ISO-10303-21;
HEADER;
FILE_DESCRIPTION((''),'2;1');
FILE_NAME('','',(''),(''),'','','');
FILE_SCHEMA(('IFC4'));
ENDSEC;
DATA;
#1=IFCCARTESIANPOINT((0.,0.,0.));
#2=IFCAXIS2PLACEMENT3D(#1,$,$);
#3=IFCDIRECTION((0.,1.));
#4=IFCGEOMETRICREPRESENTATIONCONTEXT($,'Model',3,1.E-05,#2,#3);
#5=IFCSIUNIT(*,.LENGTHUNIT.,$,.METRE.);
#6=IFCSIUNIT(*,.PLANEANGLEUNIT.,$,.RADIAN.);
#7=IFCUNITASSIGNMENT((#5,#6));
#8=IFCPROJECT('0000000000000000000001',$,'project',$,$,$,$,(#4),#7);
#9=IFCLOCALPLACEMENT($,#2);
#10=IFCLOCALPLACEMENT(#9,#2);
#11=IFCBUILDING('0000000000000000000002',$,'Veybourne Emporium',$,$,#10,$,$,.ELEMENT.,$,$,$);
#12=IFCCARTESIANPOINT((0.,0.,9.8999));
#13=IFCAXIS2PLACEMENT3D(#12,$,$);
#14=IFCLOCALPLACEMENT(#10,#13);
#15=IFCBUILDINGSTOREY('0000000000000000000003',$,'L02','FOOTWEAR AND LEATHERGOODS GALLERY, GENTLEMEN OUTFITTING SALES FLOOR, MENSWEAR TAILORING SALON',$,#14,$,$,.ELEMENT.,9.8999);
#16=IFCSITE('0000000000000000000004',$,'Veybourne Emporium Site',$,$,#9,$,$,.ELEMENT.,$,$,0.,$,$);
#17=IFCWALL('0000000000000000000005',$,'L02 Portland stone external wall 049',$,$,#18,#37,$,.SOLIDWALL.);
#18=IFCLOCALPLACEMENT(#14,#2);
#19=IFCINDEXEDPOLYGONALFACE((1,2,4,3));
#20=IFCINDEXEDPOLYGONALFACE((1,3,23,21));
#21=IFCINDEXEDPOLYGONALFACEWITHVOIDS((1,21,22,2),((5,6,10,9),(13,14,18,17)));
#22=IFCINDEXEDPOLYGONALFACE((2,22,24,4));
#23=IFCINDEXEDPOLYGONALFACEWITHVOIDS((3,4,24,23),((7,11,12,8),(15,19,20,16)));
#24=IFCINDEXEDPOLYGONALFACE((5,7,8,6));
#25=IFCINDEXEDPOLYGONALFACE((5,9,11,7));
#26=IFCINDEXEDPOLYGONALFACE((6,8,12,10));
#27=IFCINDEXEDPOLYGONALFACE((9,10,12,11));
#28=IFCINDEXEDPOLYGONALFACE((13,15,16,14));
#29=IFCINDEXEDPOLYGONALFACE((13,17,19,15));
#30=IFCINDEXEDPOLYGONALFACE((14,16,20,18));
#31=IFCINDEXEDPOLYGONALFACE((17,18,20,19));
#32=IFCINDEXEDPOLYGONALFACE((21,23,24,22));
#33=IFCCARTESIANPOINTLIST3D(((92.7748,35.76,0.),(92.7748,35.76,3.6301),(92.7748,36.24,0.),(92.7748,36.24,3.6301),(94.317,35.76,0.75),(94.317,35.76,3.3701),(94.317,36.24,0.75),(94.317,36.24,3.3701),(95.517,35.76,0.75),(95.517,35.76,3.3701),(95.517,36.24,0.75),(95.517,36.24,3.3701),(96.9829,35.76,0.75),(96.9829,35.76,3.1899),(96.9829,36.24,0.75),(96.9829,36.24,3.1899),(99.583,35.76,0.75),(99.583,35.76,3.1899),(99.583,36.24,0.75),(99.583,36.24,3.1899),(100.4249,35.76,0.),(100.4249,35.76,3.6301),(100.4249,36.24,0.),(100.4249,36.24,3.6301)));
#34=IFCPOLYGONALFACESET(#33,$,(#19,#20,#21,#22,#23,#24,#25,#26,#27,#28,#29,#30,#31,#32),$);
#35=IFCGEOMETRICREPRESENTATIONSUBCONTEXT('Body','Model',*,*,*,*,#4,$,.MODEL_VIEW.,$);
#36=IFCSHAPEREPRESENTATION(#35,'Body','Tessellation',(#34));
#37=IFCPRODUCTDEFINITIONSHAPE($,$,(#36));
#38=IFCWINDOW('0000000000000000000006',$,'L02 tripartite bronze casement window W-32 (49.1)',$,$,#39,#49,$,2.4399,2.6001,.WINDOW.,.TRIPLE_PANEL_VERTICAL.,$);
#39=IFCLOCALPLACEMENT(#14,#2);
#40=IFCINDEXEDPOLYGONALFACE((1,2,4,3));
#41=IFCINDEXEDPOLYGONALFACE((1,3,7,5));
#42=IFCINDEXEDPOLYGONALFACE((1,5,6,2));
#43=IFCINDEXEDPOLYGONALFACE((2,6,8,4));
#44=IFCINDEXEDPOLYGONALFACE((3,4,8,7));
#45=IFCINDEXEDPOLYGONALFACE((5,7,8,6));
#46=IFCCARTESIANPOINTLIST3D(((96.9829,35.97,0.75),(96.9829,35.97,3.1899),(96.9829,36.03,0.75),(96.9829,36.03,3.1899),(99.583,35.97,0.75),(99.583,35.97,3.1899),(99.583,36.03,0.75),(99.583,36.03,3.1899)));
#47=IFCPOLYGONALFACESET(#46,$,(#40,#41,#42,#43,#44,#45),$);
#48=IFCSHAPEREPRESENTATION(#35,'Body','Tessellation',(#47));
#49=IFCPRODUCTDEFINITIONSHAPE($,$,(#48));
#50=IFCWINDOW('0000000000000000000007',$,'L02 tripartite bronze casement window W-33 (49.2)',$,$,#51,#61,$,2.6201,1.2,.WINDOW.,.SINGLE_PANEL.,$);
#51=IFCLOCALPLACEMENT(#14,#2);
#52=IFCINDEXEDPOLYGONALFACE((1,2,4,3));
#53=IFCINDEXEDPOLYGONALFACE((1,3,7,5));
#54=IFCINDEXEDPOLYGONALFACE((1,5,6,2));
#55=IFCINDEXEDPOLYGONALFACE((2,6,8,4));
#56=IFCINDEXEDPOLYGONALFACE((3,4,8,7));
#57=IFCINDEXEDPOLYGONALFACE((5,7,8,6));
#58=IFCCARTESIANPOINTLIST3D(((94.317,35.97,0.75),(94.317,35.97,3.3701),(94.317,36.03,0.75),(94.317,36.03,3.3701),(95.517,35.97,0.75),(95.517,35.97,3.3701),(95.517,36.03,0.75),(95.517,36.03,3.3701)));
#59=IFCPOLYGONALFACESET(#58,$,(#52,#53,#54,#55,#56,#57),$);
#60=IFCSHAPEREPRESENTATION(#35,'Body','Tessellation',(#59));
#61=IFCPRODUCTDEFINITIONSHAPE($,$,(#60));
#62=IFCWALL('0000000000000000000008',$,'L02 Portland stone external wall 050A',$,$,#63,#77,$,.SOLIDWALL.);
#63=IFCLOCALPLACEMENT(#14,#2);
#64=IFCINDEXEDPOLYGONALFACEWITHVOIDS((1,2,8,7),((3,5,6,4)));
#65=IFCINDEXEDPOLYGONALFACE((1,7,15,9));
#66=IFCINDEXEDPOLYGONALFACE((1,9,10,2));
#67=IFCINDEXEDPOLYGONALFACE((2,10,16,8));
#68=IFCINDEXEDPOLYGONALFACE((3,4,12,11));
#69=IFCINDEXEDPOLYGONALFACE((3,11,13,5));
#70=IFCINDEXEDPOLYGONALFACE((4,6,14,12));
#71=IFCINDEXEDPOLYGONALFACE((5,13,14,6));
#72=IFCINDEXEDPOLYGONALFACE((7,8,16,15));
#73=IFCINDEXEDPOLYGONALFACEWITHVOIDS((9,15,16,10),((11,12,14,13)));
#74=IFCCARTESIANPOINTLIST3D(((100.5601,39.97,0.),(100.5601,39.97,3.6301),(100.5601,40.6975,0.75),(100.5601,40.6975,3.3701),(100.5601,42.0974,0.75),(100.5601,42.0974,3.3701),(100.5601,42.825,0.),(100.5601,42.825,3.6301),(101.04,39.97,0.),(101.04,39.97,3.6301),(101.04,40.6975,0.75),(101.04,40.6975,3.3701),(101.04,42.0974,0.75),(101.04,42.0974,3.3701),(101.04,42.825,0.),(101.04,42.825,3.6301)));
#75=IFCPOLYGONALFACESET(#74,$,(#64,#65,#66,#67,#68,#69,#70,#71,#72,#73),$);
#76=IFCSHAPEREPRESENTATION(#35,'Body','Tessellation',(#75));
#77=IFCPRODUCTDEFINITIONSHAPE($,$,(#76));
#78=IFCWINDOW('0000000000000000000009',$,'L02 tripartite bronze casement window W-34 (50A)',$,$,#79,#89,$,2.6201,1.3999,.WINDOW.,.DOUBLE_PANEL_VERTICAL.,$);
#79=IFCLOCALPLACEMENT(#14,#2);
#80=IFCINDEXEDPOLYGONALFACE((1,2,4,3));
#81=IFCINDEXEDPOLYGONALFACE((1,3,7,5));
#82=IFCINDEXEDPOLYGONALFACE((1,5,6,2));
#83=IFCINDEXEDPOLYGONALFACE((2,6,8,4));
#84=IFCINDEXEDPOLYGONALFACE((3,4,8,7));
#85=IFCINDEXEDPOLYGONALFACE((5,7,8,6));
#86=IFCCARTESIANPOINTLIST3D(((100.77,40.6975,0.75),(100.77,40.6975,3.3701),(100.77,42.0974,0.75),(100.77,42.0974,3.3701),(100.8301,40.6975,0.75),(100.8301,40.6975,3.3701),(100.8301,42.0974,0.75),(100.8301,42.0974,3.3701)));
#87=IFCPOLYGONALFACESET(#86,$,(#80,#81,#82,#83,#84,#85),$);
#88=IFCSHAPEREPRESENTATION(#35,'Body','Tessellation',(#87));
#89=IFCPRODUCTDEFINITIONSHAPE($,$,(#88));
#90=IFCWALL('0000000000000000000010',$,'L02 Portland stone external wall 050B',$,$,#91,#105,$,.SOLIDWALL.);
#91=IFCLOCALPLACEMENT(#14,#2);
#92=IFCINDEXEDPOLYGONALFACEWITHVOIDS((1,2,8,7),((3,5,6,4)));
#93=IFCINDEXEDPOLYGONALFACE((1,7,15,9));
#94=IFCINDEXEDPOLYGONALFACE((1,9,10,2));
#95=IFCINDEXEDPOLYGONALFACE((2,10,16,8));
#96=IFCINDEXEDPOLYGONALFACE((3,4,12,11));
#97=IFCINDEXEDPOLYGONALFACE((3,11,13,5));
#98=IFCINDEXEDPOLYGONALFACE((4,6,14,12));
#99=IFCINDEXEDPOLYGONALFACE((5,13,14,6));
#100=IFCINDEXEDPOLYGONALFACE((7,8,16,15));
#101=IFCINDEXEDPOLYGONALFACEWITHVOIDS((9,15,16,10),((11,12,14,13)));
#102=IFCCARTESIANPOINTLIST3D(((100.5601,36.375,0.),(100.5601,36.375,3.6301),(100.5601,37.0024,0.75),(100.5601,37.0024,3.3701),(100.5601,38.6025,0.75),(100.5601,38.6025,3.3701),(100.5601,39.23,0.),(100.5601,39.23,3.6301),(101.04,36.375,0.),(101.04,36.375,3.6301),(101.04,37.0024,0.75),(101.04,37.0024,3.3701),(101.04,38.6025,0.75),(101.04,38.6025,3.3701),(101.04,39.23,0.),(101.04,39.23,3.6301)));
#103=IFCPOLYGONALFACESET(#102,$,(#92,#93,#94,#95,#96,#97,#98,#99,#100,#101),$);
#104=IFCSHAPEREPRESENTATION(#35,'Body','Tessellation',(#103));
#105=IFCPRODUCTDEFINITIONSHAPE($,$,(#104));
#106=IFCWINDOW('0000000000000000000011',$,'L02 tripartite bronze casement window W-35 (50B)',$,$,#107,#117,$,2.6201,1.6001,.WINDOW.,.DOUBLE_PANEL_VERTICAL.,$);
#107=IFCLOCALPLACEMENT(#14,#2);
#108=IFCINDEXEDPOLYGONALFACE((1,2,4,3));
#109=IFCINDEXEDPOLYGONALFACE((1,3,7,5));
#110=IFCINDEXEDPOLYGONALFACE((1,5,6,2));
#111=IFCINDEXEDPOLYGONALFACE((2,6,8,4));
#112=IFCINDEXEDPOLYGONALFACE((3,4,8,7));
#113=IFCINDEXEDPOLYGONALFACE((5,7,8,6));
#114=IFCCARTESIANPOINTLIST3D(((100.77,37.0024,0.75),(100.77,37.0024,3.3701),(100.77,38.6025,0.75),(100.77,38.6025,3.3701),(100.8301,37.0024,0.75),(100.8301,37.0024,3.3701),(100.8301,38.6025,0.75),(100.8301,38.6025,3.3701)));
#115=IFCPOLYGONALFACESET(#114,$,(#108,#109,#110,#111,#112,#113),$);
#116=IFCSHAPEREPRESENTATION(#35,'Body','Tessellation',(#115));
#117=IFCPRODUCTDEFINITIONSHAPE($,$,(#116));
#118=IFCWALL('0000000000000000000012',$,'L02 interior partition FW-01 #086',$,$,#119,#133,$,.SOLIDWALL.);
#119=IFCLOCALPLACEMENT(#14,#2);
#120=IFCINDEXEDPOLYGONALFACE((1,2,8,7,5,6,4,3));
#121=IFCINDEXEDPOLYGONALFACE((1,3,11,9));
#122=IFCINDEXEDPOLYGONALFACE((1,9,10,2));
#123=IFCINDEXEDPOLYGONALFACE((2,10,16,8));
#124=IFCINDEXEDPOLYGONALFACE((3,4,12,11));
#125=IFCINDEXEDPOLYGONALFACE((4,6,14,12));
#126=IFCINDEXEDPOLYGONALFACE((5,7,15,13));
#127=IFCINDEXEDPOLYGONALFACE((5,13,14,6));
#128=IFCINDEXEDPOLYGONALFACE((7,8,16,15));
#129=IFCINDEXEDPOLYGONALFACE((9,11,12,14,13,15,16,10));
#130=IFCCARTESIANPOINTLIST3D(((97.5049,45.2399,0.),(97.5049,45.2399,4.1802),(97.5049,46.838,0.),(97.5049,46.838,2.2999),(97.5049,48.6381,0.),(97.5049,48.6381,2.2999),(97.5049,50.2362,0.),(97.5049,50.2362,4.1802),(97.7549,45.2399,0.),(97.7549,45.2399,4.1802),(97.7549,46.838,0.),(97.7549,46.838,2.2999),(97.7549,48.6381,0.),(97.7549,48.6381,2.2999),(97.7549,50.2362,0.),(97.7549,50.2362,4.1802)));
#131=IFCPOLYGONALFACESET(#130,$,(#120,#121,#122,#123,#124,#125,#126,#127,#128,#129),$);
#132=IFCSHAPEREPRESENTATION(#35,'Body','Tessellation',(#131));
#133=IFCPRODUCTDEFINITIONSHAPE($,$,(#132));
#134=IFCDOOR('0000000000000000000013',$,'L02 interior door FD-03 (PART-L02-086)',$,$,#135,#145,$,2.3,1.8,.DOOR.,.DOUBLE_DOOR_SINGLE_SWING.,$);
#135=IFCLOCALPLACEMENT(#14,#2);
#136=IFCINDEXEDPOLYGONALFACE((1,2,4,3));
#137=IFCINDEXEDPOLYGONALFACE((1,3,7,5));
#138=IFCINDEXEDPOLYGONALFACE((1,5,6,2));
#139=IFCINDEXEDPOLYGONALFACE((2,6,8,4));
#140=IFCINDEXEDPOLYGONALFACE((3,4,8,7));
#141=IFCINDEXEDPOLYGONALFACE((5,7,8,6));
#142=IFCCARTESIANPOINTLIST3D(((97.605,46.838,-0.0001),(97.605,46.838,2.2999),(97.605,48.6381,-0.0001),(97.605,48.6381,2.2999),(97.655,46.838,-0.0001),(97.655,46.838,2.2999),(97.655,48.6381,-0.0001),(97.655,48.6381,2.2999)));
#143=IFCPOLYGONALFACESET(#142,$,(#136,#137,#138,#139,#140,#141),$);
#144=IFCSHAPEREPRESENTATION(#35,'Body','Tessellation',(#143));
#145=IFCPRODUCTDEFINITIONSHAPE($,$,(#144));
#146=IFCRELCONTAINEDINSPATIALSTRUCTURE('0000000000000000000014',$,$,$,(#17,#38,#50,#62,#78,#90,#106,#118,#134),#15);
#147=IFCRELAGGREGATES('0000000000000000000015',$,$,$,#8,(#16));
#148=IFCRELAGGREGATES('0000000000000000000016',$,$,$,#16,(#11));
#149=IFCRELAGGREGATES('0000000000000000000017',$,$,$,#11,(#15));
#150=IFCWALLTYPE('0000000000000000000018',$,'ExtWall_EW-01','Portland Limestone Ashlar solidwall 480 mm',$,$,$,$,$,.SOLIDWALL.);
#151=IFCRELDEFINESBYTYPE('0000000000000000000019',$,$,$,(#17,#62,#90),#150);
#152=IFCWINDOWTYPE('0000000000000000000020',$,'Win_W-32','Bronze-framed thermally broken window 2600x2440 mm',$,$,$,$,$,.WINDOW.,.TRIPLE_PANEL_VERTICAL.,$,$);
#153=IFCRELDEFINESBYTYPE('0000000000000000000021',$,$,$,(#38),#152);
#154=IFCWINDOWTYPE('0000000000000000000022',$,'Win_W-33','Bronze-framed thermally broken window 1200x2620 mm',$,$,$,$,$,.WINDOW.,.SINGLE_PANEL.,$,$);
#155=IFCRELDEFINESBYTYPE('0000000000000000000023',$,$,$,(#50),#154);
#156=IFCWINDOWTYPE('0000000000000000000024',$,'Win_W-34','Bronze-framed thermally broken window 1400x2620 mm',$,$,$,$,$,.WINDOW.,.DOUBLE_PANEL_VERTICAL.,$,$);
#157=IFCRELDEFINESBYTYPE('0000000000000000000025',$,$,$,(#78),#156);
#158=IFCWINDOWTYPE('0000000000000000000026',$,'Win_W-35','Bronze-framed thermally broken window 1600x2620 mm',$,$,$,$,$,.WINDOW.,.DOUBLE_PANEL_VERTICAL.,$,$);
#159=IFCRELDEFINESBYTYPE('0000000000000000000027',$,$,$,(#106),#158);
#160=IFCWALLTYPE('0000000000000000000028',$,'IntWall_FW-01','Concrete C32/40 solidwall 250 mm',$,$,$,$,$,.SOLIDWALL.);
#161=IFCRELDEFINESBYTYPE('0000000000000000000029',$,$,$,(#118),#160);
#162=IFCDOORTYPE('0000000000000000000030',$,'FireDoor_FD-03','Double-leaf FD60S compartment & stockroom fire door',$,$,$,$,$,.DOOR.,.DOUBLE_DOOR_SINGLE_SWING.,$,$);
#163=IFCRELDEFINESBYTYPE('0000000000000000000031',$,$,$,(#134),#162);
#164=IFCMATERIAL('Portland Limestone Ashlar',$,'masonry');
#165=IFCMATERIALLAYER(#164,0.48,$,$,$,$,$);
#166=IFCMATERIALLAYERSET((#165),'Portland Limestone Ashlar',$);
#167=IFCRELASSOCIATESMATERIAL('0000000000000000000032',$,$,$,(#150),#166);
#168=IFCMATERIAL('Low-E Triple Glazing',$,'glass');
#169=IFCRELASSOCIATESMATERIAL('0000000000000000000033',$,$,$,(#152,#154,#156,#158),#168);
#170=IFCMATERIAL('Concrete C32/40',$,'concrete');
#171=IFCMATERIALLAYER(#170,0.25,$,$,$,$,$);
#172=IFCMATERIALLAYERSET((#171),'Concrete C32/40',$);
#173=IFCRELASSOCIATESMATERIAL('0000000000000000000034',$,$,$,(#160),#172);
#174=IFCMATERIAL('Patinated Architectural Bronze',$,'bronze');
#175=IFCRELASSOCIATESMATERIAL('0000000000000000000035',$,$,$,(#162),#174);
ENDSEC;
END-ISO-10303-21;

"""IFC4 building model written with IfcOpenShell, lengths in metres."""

from ifc_helpers import new_model, si_unit, direction, frame, frame_2d, origin, place, context, subcontext, project, spatial, rectangle, extrude, material, layer, layer_set, type_object, element, fill, save


model = new_model("IFC4")

# Units and contexts
model_context = context("Model", 3, precision=1e-05, world=origin(), true_north=direction((0.0, 1.0)))
body_context = subcontext(model_context, "Body", "Model", "MODEL_VIEW")
ifc_project = project(units=[si_unit("LENGTHUNIT", "METRE"), si_unit("PLANEANGLEUNIT", "RADIAN")], contexts=[model_context])

# Site, building, storey
site_placement = place(None, origin())
site = spatial("IfcSite", under=ifc_project, at=site_placement, Name="Veybourne Emporium Site", CompositionType="ELEMENT", RefElevation=0.0)
building_placement = place(site_placement, origin())
building = spatial("IfcBuilding", under=site, at=building_placement, Name="Veybourne Emporium", CompositionType="ELEMENT")
storey_placement = place(building_placement, frame((0.0, 0.0, 9.8999)))
storey = spatial("IfcBuildingStorey", under=building, at=storey_placement, Name="L02", Description="FOOTWEAR AND LEATHERGOODS GALLERY, GENTLEMEN OUTFITTING SALES FLOOR, MENSWEAR TAILORING SALON", CompositionType="ELEMENT", Elevation=9.8999)

# Shared definitions
ifc_material_1 = material(Name="Patinated Architectural Bronze", Category="bronze")

# Shared definitions
ifc_material_2 = material(Name="Concrete C32/40", Category="concrete")

# Shared definitions
ifc_material_3 = material(Name="Low-E Triple Glazing", Category="glass")

# Wall, openings, windows
ifc_material_4 = material(Name="Portland Limestone Ashlar", Category="masonry")
ifc_layer_1 = layer(ifc_material_4, 0.48)
ifc_layer_set_1 = layer_set([ifc_layer_1], Name="Portland Limestone Ashlar")
wall_type_1 = type_object("IfcWallType", Name="ExtWall_EW-01", Description="Portland Limestone Ashlar solidwall 480 mm", PredefinedType="SOLIDWALL", material=ifc_layer_set_1)
wall_1_placement = place(storey_placement, frame((100.425, 36.0, 0.0), z_axis=(0.0, 0.0, 1.0), x_axis=(-1.0, 0.0, 0.0)))
wall_1 = element("IfcWall", 1, at=wall_1_placement, inside=storey, type_object=wall_type_1, Name="L02 Portland stone external wall 049", PredefinedType="SOLIDWALL", context=body_context, shape_type="SweptSolid", body=[
    extrude(rectangle(XDim=7.6501, YDim=0.48, at=frame_2d((3.8252, 0.0))), origin(), (0.0, 0.0, 1.0), 3.6301),
])
opening_1_placement = place(wall_1_placement, frame((0.842, 0.0, 0.75)))
opening_1 = element("IfcOpeningElement", 2, at=opening_1_placement, cuts=wall_1, PredefinedType="OPENING", context=body_context, shape_type="SweptSolid", body=[
    extrude(rectangle(XDim=2.6001, YDim=2.4399, at=frame_2d((1.3, 1.22))), frame((0.0, 0.26, 0.0), z_axis=(0.0, -1.0, 0.0), x_axis=(1.0, 0.0, 0.0)), (0.0, 0.0, 1.0), 0.52),
])
opening_2_placement = place(wall_1_placement, frame((4.908, 0.0, 0.75)))
opening_2 = element("IfcOpeningElement", 3, at=opening_2_placement, cuts=wall_1, PredefinedType="OPENING", context=body_context, shape_type="SweptSolid", body=[
    extrude(rectangle(XDim=1.2, YDim=2.6201, at=frame_2d((0.6001, 1.3101))), frame((0.0, 0.26, 0.0), z_axis=(0.0, -1.0, 0.0), x_axis=(1.0, 0.0, 0.0)), (0.0, 0.0, 1.0), 0.52),
])
window_type_1 = type_object("IfcWindowType", Name="Win_W-32", Description="Bronze-framed thermally broken window 2600x2440 mm", PartitioningType="TRIPLE_PANEL_VERTICAL", PredefinedType="WINDOW", material=ifc_material_3)
window_1_placement = place(opening_1_placement, origin())
window_1 = element("IfcWindow", 4, at=window_1_placement, inside=storey, type_object=window_type_1, Name="L02 tripartite bronze casement window W-32 (49.1)", OverallHeight=2.4399, OverallWidth=2.6001, PartitioningType="TRIPLE_PANEL_VERTICAL", PredefinedType="WINDOW", context=body_context, shape_type="SweptSolid", body=[
    extrude(rectangle(XDim=2.6001, YDim=2.4399, at=frame_2d((1.3, 1.22))), frame((0.0, 0.03, 0.0), z_axis=(0.0, -1.0, 0.0), x_axis=(1.0, 0.0, 0.0)), (0.0, 0.0, 1.0), 0.0601),
])
fill(opening_1, window_1)
window_type_2 = type_object("IfcWindowType", Name="Win_W-33", Description="Bronze-framed thermally broken window 1200x2620 mm", PartitioningType="SINGLE_PANEL", PredefinedType="WINDOW", material=ifc_material_3)
window_2_placement = place(opening_2_placement, origin())
window_2 = element("IfcWindow", 5, at=window_2_placement, inside=storey, type_object=window_type_2, Name="L02 tripartite bronze casement window W-33 (49.2)", OverallHeight=2.6201, OverallWidth=1.2, PartitioningType="SINGLE_PANEL", PredefinedType="WINDOW", context=body_context, shape_type="SweptSolid", body=[
    extrude(rectangle(XDim=1.2, YDim=2.6201, at=frame_2d((0.6001, 1.3101))), frame((0.0, 0.03, 0.0), z_axis=(0.0, -1.0, 0.0), x_axis=(1.0, 0.0, 0.0)), (0.0, 0.0, 1.0), 0.0601),
])
fill(opening_2, window_2)

# Walls, openings, windows
wall_2_placement = place(storey_placement, frame((100.8, 42.825, 0.0), z_axis=(0.0, 0.0, 1.0), x_axis=(0.0, -1.0, 0.0)))
wall_2 = element("IfcWall", 6, at=wall_2_placement, inside=storey, type_object=wall_type_1, Name="L02 Portland stone external wall 050A", PredefinedType="SOLIDWALL", context=body_context, shape_type="SweptSolid", body=[
    extrude(rectangle(XDim=2.855, YDim=0.48, at=frame_2d((1.4275, 0.0))), origin(), (0.0, 0.0, 1.0), 3.6301),
])
opening_3_placement = place(wall_2_placement, frame((0.7275, 0.0, 0.75)))
opening_3 = element("IfcOpeningElement", 7, at=opening_3_placement, cuts=wall_2, PredefinedType="OPENING", context=body_context, shape_type="SweptSolid", body=[
    extrude(rectangle(XDim=1.3999, YDim=2.6201, at=frame_2d((0.7, 1.3101))), frame((0.0, 0.26, 0.0), z_axis=(0.0, -1.0, 0.0), x_axis=(1.0, 0.0, 0.0)), (0.0, 0.0, 1.0), 0.52),
])
window_type_3 = type_object("IfcWindowType", Name="Win_W-34", Description="Bronze-framed thermally broken window 1400x2620 mm", PartitioningType="DOUBLE_PANEL_VERTICAL", PredefinedType="WINDOW", material=ifc_material_3)
window_3_placement = place(opening_3_placement, origin())
window_3 = element("IfcWindow", 8, at=window_3_placement, inside=storey, type_object=window_type_3, Name="L02 tripartite bronze casement window W-34 (50A)", OverallHeight=2.6201, OverallWidth=1.3999, PartitioningType="DOUBLE_PANEL_VERTICAL", PredefinedType="WINDOW", context=body_context, shape_type="SweptSolid", body=[
    extrude(rectangle(XDim=1.3999, YDim=2.6201, at=frame_2d((0.7, 1.3101))), frame((0.0, 0.03, 0.0), z_axis=(0.0, -1.0, 0.0), x_axis=(1.0, 0.0, 0.0)), (0.0, 0.0, 1.0), 0.0601),
])
fill(opening_3, window_3)
wall_3_placement = place(storey_placement, frame((100.8, 39.23, 0.0), z_axis=(0.0, 0.0, 1.0), x_axis=(0.0, -1.0, 0.0)))
wall_3 = element("IfcWall", 9, at=wall_3_placement, inside=storey, type_object=wall_type_1, Name="L02 Portland stone external wall 050B", PredefinedType="SOLIDWALL", context=body_context, shape_type="SweptSolid", body=[
    extrude(rectangle(XDim=2.855, YDim=0.48, at=frame_2d((1.4275, 0.0))), origin(), (0.0, 0.0, 1.0), 3.6301),
])
opening_4_placement = place(wall_3_placement, frame((0.6274, 0.0, 0.75)))
opening_4 = element("IfcOpeningElement", 10, at=opening_4_placement, cuts=wall_3, PredefinedType="OPENING", context=body_context, shape_type="SweptSolid", body=[
    extrude(rectangle(XDim=1.6001, YDim=2.6201, at=frame_2d((0.8, 1.3101))), frame((0.0, 0.26, 0.0), z_axis=(0.0, -1.0, 0.0), x_axis=(1.0, 0.0, 0.0)), (0.0, 0.0, 1.0), 0.52),
])
window_type_4 = type_object("IfcWindowType", Name="Win_W-35", Description="Bronze-framed thermally broken window 1600x2620 mm", PartitioningType="DOUBLE_PANEL_VERTICAL", PredefinedType="WINDOW", material=ifc_material_3)
window_4_placement = place(opening_4_placement, origin())
window_4 = element("IfcWindow", 11, at=window_4_placement, inside=storey, type_object=window_type_4, Name="L02 tripartite bronze casement window W-35 (50B)", OverallHeight=2.6201, OverallWidth=1.6001, PartitioningType="DOUBLE_PANEL_VERTICAL", PredefinedType="WINDOW", context=body_context, shape_type="SweptSolid", body=[
    extrude(rectangle(XDim=1.6001, YDim=2.6201, at=frame_2d((0.8, 1.3101))), frame((0.0, 0.03, 0.0), z_axis=(0.0, -1.0, 0.0), x_axis=(1.0, 0.0, 0.0)), (0.0, 0.0, 1.0), 0.0601),
])
fill(opening_4, window_4)

# Wall, opening, door
ifc_layer_2 = layer(ifc_material_2, 0.25)
ifc_layer_set_2 = layer_set([ifc_layer_2], Name="Concrete C32/40")
wall_type_2 = type_object("IfcWallType", Name="IntWall_FW-01", Description="Concrete C32/40 solidwall 250 mm", PredefinedType="SOLIDWALL", material=ifc_layer_set_2)
wall_4_placement = place(storey_placement, frame((97.6299, 45.24, 0.0), z_axis=(0.0, 0.0, 1.0), x_axis=(0.0, 1.0, 0.0)))
wall_4 = element("IfcWall", 12, at=wall_4_placement, inside=storey, type_object=wall_type_2, Name="L02 interior partition FW-01 #086", PredefinedType="SOLIDWALL", context=body_context, shape_type="SweptSolid", body=[
    extrude(rectangle(XDim=4.9963, YDim=0.25, at=frame_2d((2.498, 0.0))), origin(), (0.0, 0.0, 1.0), 4.1802),
])
opening_5_placement = place(wall_4_placement, frame((1.5981, 0.0, 0.0)))
opening_5 = element("IfcOpeningElement", 13, at=opening_5_placement, cuts=wall_4, PredefinedType="OPENING", context=body_context, shape_type="SweptSolid", body=[
    extrude(rectangle(XDim=1.8, YDim=2.3, at=frame_2d((0.8999, 1.1499))), frame((0.0, 0.145, 0.0), z_axis=(0.0, -1.0, 0.0), x_axis=(1.0, 0.0, 0.0)), (0.0, 0.0, 1.0), 0.29),
])
door_type_1 = type_object("IfcDoorType", Name="FireDoor_FD-03", Description="Double-leaf FD60S compartment & stockroom fire door", OperationType="DOUBLE_DOOR_SINGLE_SWING", PredefinedType="DOOR", material=ifc_material_1)
door_1_placement = place(opening_5_placement, origin())
door_1 = element("IfcDoor", 14, at=door_1_placement, inside=storey, type_object=door_type_1, Name="L02 interior door FD-03 (PART-L02-086)", OperationType="DOUBLE_DOOR_SINGLE_SWING", OverallHeight=2.3, OverallWidth=1.8, PredefinedType="DOOR", context=body_context, shape_type="SweptSolid", body=[
    extrude(rectangle(XDim=1.8, YDim=2.3, at=frame_2d((0.8999, 1.1499))), frame((0.0, 0.0249, 0.0), z_axis=(0.0, -1.0, 0.0), x_axis=(1.0, 0.0, 0.0)), (0.0, 0.0, 1.0), 0.05),
])
fill(opening_5, door_1)

save(model, "model.ifc")
